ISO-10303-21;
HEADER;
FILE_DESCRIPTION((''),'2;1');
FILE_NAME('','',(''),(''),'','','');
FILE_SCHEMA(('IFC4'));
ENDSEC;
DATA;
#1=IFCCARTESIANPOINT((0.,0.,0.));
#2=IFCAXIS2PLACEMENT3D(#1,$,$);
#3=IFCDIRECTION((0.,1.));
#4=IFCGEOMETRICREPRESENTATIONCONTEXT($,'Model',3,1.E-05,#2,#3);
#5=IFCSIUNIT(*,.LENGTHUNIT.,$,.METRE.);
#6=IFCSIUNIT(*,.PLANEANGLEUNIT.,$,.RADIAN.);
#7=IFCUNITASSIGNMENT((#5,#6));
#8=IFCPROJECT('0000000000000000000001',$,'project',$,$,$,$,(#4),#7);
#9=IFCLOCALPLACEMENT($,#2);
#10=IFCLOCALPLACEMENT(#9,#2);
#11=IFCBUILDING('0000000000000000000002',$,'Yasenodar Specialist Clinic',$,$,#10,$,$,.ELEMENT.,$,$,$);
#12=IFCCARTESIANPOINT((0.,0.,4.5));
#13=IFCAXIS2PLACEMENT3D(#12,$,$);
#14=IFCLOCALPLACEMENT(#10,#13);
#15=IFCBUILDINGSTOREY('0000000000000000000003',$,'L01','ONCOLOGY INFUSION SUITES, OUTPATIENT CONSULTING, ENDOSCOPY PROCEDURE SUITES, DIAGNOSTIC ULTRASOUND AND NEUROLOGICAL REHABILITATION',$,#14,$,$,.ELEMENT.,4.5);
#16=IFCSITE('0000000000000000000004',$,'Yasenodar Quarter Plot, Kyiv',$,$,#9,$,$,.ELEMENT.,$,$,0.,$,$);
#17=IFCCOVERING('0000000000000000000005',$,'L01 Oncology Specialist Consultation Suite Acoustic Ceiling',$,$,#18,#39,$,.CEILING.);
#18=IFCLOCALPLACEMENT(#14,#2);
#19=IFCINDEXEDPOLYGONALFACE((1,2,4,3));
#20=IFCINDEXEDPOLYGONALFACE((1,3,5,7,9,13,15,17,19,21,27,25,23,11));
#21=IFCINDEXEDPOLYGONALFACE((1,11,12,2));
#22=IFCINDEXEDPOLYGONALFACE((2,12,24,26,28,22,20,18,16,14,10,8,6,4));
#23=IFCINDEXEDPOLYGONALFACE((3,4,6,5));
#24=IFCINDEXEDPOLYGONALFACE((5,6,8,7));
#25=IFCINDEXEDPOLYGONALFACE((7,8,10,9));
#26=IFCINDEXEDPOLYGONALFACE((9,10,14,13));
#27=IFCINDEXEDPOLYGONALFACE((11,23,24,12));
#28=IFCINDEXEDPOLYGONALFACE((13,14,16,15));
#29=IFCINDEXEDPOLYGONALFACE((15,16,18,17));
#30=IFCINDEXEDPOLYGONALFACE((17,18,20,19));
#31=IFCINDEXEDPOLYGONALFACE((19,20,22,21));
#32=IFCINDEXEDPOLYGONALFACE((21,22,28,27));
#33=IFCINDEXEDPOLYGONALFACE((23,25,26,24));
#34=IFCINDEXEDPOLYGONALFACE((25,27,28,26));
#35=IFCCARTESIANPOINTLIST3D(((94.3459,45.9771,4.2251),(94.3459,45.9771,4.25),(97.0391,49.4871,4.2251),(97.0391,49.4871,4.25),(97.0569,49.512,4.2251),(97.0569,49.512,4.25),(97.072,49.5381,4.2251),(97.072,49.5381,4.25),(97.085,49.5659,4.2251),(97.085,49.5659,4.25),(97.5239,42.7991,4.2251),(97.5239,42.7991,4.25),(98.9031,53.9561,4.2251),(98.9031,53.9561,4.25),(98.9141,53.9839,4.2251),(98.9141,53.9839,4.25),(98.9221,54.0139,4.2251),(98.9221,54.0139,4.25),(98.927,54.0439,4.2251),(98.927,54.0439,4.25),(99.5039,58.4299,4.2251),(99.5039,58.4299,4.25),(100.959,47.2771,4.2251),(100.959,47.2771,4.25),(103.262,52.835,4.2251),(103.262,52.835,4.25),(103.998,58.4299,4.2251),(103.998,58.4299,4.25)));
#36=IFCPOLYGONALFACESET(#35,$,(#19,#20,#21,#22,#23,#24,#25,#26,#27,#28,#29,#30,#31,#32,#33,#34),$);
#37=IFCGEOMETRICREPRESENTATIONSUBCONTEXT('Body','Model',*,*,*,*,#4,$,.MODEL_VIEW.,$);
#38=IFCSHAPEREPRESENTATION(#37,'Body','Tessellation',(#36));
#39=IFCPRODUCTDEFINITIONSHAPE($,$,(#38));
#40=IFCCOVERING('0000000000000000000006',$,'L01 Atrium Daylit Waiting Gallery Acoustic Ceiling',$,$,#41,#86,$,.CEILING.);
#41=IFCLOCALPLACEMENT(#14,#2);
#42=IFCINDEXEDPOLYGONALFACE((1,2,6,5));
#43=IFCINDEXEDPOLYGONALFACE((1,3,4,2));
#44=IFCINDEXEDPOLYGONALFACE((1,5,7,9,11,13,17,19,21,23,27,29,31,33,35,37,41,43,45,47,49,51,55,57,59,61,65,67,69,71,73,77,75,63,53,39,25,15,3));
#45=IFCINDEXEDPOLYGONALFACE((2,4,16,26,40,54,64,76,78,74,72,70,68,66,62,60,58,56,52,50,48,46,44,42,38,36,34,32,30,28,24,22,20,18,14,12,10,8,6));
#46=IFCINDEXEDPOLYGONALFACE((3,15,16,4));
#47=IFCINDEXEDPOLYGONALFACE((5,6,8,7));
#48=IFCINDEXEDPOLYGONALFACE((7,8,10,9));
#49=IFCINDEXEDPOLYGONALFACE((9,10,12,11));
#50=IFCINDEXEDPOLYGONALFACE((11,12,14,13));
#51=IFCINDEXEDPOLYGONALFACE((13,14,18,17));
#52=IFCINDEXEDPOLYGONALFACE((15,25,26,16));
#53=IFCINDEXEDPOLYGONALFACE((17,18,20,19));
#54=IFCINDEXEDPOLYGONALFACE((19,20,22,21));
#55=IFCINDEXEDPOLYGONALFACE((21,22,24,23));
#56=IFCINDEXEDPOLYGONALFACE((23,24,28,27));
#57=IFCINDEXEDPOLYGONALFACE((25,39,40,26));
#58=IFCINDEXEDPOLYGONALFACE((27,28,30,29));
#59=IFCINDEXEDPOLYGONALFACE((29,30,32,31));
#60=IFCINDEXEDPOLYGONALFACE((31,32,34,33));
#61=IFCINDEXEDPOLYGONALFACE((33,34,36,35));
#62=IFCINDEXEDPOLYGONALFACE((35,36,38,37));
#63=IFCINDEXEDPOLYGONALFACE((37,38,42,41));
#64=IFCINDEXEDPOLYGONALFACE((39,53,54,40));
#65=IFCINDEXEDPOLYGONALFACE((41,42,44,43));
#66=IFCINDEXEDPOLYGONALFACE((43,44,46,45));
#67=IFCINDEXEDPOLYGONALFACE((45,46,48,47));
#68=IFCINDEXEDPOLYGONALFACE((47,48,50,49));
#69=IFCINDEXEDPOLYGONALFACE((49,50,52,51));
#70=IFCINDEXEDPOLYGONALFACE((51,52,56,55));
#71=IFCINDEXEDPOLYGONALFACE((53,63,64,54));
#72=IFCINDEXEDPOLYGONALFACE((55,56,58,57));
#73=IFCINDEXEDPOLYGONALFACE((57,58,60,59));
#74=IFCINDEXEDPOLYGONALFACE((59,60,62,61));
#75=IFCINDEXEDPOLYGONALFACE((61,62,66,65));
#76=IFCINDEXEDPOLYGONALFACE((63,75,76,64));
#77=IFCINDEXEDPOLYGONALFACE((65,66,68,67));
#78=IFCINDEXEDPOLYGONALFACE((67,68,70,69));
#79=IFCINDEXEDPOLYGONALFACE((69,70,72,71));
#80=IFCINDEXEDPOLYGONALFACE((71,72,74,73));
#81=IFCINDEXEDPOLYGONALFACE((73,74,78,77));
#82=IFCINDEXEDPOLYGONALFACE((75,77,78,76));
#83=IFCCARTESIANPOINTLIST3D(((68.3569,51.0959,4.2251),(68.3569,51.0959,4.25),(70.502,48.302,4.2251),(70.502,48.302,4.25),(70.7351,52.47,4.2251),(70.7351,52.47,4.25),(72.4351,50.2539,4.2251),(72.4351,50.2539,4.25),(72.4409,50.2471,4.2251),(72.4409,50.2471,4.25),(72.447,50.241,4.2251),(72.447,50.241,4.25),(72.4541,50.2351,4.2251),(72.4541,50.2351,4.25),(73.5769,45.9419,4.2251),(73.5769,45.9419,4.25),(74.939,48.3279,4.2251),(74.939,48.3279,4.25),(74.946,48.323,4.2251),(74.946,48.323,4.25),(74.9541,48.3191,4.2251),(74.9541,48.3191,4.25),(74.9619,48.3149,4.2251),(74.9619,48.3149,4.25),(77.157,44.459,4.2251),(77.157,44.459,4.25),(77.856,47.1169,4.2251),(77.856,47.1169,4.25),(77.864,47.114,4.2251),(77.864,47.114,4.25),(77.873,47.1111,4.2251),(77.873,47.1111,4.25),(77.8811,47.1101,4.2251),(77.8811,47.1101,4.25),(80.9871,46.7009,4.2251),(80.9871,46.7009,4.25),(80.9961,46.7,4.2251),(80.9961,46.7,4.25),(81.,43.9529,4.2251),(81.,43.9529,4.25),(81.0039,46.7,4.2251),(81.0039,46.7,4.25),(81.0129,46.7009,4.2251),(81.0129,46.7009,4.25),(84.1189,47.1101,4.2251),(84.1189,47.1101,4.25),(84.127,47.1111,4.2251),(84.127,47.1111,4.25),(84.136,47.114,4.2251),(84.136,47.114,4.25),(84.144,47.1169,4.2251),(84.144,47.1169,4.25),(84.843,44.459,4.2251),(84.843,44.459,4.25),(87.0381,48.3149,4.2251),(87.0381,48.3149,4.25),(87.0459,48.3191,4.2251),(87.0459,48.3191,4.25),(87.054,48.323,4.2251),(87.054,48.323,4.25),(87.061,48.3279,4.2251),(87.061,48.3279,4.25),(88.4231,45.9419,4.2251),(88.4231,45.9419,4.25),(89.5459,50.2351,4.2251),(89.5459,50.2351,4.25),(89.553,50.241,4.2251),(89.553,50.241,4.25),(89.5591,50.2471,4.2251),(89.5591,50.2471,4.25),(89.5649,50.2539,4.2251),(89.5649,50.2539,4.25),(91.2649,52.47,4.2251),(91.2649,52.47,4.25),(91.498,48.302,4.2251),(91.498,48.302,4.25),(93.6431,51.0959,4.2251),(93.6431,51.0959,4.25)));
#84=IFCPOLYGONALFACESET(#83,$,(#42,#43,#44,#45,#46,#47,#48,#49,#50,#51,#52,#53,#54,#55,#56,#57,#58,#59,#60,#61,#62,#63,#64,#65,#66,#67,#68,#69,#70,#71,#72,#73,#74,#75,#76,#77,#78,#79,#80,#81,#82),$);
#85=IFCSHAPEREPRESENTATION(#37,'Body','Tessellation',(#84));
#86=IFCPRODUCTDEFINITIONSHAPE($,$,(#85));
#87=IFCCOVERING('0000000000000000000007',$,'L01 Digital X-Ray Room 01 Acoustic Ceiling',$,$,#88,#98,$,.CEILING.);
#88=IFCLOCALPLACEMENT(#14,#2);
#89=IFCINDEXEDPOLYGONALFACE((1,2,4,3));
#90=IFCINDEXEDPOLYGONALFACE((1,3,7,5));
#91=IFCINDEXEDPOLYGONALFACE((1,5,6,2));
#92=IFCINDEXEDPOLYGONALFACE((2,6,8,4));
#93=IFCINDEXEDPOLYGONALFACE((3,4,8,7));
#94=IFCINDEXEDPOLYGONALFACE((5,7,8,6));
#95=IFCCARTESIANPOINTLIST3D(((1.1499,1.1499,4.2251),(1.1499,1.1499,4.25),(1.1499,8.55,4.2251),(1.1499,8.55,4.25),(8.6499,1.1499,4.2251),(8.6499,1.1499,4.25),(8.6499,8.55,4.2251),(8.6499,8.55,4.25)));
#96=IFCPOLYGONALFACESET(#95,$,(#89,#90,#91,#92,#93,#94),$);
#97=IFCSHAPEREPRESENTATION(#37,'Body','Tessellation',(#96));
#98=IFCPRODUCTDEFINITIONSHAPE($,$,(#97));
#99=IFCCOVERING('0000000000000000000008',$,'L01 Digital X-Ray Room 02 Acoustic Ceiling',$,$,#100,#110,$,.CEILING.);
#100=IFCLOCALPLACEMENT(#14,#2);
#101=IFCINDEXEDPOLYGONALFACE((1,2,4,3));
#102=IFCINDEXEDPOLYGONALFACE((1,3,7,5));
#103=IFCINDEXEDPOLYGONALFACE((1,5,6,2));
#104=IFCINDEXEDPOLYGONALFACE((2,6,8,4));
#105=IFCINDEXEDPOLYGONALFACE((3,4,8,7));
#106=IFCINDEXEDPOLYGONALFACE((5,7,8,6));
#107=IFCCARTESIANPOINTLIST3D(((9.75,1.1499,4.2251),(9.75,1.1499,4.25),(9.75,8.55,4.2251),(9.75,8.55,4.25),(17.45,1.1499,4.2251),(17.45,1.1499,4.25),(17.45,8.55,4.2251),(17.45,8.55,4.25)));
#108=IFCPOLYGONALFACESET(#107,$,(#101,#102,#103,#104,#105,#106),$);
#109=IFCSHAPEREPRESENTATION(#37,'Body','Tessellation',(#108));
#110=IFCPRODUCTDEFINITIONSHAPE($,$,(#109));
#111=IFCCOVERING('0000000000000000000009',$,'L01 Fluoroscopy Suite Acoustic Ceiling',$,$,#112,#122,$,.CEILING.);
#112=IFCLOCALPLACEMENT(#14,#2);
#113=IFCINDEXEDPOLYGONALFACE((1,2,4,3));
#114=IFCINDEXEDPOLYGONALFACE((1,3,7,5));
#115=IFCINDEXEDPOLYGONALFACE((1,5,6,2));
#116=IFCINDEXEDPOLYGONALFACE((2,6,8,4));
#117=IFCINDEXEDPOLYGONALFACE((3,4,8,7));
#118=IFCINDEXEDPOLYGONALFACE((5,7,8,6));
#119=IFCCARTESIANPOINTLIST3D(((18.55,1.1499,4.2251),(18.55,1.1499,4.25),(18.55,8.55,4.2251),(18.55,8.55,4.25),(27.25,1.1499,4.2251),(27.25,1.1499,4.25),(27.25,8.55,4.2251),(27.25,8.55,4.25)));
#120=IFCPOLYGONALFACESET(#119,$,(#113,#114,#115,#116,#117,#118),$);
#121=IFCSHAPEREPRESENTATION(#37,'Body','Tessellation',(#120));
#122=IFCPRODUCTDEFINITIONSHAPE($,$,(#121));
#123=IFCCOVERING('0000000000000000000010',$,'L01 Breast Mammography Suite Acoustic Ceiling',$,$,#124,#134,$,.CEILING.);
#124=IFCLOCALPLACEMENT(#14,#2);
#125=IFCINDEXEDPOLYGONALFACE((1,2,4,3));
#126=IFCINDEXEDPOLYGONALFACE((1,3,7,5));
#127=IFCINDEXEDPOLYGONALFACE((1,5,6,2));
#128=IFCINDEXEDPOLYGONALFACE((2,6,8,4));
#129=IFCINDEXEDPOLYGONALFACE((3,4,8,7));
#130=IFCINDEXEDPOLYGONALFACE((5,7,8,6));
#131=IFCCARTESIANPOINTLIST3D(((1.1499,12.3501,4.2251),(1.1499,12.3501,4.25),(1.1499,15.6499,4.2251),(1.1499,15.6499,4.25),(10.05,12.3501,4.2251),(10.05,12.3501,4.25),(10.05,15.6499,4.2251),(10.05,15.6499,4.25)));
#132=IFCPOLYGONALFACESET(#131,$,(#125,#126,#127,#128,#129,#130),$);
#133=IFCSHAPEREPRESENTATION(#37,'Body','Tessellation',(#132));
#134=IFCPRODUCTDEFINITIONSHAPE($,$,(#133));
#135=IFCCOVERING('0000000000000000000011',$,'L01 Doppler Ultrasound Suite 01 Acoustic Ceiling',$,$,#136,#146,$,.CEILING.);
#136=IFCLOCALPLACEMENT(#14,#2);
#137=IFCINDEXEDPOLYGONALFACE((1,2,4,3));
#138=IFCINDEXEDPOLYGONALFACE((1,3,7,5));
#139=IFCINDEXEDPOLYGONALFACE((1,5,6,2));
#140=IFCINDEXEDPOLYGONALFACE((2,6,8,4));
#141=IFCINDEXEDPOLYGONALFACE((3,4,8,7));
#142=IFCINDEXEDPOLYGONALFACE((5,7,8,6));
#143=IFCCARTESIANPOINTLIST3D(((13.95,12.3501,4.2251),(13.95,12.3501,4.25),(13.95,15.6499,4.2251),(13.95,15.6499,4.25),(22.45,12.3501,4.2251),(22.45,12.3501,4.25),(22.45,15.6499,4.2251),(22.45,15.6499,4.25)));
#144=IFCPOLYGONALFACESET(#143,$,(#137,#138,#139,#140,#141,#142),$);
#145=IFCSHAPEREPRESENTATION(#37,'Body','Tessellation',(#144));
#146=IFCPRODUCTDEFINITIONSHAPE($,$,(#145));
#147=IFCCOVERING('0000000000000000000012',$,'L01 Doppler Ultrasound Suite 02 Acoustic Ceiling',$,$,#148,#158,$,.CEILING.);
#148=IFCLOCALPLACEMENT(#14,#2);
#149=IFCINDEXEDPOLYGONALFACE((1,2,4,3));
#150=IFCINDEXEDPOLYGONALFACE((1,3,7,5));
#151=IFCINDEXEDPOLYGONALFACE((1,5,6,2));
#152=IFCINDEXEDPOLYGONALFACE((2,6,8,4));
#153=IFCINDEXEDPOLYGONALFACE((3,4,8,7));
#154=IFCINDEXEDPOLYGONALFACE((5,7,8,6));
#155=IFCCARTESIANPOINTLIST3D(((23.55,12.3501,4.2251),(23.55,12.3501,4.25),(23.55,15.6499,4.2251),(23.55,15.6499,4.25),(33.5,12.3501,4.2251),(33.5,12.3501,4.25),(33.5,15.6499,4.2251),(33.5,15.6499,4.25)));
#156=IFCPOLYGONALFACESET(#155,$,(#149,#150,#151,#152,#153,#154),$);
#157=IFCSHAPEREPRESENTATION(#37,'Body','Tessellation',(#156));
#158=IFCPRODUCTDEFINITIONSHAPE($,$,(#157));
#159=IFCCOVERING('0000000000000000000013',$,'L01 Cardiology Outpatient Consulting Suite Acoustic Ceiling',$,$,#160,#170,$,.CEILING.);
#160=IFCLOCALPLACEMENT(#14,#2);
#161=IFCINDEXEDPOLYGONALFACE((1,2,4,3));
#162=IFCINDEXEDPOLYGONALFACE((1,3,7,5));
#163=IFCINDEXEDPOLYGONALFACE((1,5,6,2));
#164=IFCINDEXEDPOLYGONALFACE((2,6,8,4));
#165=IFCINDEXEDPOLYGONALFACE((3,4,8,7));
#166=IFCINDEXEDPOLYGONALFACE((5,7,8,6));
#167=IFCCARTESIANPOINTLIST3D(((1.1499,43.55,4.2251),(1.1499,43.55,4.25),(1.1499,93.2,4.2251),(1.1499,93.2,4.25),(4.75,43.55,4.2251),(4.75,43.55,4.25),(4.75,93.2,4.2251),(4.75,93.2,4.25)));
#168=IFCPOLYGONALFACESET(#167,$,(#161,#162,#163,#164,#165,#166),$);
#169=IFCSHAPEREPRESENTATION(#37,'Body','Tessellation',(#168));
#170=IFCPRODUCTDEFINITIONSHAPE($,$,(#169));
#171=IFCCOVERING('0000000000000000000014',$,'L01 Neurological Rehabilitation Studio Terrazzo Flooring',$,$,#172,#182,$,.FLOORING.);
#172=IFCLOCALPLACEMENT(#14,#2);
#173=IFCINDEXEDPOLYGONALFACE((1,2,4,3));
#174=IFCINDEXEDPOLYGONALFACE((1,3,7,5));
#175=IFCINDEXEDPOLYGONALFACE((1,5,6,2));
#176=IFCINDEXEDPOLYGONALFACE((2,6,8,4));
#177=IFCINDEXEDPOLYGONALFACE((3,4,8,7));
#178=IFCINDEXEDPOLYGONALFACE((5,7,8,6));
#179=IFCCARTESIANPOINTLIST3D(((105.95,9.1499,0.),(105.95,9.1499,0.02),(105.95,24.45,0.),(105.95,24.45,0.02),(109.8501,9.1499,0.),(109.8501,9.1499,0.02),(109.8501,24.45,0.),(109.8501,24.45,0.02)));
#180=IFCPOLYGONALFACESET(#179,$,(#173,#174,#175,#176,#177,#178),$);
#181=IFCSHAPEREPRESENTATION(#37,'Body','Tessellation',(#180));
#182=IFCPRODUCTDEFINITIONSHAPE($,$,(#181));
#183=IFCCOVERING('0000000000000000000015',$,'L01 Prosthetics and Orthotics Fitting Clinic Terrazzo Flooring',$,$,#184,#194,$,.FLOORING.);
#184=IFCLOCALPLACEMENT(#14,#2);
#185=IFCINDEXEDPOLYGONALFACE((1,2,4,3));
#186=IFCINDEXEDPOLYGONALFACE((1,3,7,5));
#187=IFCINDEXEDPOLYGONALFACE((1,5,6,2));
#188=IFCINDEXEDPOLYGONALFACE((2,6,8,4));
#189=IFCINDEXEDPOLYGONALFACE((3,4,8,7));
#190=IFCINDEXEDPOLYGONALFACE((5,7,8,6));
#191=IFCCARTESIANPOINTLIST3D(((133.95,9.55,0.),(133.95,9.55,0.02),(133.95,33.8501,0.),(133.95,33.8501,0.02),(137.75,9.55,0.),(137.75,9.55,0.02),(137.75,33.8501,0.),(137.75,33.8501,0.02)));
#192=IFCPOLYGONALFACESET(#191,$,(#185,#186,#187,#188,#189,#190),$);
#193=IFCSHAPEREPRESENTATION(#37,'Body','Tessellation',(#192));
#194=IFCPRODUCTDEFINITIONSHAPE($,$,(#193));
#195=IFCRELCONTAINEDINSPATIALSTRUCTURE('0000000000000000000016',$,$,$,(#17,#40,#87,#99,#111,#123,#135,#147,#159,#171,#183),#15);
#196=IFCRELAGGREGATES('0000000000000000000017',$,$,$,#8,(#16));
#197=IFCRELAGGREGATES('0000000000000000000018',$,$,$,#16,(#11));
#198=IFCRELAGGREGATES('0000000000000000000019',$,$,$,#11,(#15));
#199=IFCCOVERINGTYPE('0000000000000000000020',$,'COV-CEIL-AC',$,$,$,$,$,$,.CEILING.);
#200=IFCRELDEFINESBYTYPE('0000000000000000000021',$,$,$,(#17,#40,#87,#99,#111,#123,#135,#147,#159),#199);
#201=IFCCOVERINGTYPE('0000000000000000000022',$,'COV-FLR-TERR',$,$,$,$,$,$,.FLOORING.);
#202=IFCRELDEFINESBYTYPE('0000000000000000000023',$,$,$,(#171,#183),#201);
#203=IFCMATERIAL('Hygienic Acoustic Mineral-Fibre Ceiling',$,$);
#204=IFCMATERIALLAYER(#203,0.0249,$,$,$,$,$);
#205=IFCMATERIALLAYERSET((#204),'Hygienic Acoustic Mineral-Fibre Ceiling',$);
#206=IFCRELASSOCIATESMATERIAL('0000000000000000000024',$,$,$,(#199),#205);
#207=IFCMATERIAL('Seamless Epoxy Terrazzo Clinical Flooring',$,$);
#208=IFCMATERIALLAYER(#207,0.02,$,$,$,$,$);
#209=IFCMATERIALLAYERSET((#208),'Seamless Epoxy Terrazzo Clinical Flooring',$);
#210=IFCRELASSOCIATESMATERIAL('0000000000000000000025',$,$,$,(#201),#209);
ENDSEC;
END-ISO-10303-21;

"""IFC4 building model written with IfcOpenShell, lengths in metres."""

from ifc_helpers import new_model, si_unit, direction, frame, origin, place, context, subcontext, project, spatial, polyline, outline, extrude, material, layer, layer_set, type_object, element, save


model = new_model("IFC4")

# Units and contexts
model_context = context("Model", 3, precision=1e-05, world=origin(), true_north=direction((0.0, 1.0)))
body_context = subcontext(model_context, "Body", "Model", "MODEL_VIEW")
ifc_project = project(units=[si_unit("LENGTHUNIT", "METRE"), si_unit("PLANEANGLEUNIT", "RADIAN")], contexts=[model_context])

# Site, building, storey
site_placement = place(None, origin())
site = spatial("IfcSite", under=ifc_project, at=site_placement, Name="Yasenodar Quarter Plot, Kyiv", CompositionType="ELEMENT", RefElevation=0.0)
building_placement = place(site_placement, origin())
building = spatial("IfcBuilding", under=site, at=building_placement, Name="Yasenodar Specialist Clinic", CompositionType="ELEMENT")
storey_placement = place(building_placement, frame((0.0, 0.0, 4.5)))
storey = spatial("IfcBuildingStorey", under=building, at=storey_placement, Name="L01", Description="ONCOLOGY INFUSION SUITES, OUTPATIENT CONSULTING, ENDOSCOPY PROCEDURE SUITES, DIAGNOSTIC ULTRASOUND AND NEUROLOGICAL REHABILITATION", CompositionType="ELEMENT", Elevation=4.5)

# Coverings
ifc_material_1 = material(Name="Hygienic Acoustic Mineral-Fibre Ceiling")
ifc_layer_1 = layer(ifc_material_1, 0.0249)
ifc_layer_set_1 = layer_set([ifc_layer_1], Name="Hygienic Acoustic Mineral-Fibre Ceiling")
covering_type_1 = type_object("IfcCoveringType", Name="COV-CEIL-AC", PredefinedType="CEILING", material=ifc_layer_set_1)
covering_1_placement = place(storey_placement, frame((0.0, 0.0, 4.2251)))
element("IfcCovering", 1, at=covering_1_placement, inside=storey, type_object=covering_type_1, Name="L01 Oncology Specialist Consultation Suite Acoustic Ceiling", PredefinedType="CEILING", context=body_context, shape_type="SweptSolid", body=[
    extrude(outline(polyline([(97.5239, 42.7991), (94.3459, 45.9771), (97.0391, 49.4871), (97.0569, 49.512), (97.072, 49.5381), (97.085, 49.5659), (98.9031, 53.9561), (98.9141, 53.9839), (98.9221, 54.0139), (98.927, 54.0439), (99.5039, 58.4299), (103.998, 58.4299), (103.262, 52.835), (100.959, 47.2771), (97.5239, 42.7991)])), origin(), (0.0, 0.0, 1.0), 0.0249),
])
covering_2_placement = place(storey_placement, frame((0.0, 0.0, 4.2251)))
element("IfcCovering", 2, at=covering_2_placement, inside=storey, type_object=covering_type_1, Name="L01 Atrium Daylit Waiting Gallery Acoustic Ceiling", PredefinedType="CEILING", context=body_context, shape_type="SweptSolid", body=[
    extrude(outline(polyline([(93.6431, 51.0959), (91.498, 48.302), (88.4231, 45.9419), (84.843, 44.459), (81.0, 43.9529), (77.157, 44.459), (73.5769, 45.9419), (70.502, 48.302), (68.3569, 51.0959), (70.7351, 52.47), (72.4351, 50.2539), (72.4409, 50.2471), (72.447, 50.241), (72.4541, 50.2351), (74.939, 48.3279), (74.946, 48.323), (74.9541, 48.3191), (74.9619, 48.3149), (77.856, 47.1169), (77.864, 47.114), (77.873, 47.1111), (77.8811, 47.1101), (80.9871, 46.7009), (80.9961, 46.7), (81.0039, 46.7), (81.0129, 46.7009), (84.1189, 47.1101), (84.127, 47.1111), (84.136, 47.114), (84.144, 47.1169), (87.0381, 48.3149), (87.0459, 48.3191), (87.054, 48.323), (87.061, 48.3279), (89.5459, 50.2351), (89.553, 50.241), (89.5591, 50.2471), (89.5649, 50.2539), (91.2649, 52.47), (93.6431, 51.0959)])), origin(), (0.0, 0.0, 1.0), 0.0249),
])
covering_3_placement = place(storey_placement, frame((0.0, 0.0, 4.2251)))
element("IfcCovering", 3, at=covering_3_placement, inside=storey, type_object=covering_type_1, Name="L01 Digital X-Ray Room 01 Acoustic Ceiling", PredefinedType="CEILING", context=body_context, shape_type="SweptSolid", body=[
    extrude(outline(polyline([(8.6499, 1.1499), (1.1499, 1.1499), (1.1499, 8.55), (8.6499, 8.55), (8.6499, 1.1499)])), origin(), (0.0, 0.0, 1.0), 0.0249),
])
covering_4_placement = place(storey_placement, frame((0.0, 0.0, 4.2251)))
element("IfcCovering", 4, at=covering_4_placement, inside=storey, type_object=covering_type_1, Name="L01 Digital X-Ray Room 02 Acoustic Ceiling", PredefinedType="CEILING", context=body_context, shape_type="SweptSolid", body=[
    extrude(outline(polyline([(17.45, 1.1499), (9.75, 1.1499), (9.75, 8.55), (17.45, 8.55), (17.45, 1.1499)])), origin(), (0.0, 0.0, 1.0), 0.0249),
])
covering_5_placement = place(storey_placement, frame((0.0, 0.0, 4.2251)))
element("IfcCovering", 5, at=covering_5_placement, inside=storey, type_object=covering_type_1, Name="L01 Fluoroscopy Suite Acoustic Ceiling", PredefinedType="CEILING", context=body_context, shape_type="SweptSolid", body=[
    extrude(outline(polyline([(27.25, 1.1499), (18.55, 1.1499), (18.55, 8.55), (27.25, 8.55), (27.25, 1.1499)])), origin(), (0.0, 0.0, 1.0), 0.0249),
])
covering_6_placement = place(storey_placement, frame((0.0, 0.0, 4.2251)))
element("IfcCovering", 6, at=covering_6_placement, inside=storey, type_object=covering_type_1, Name="L01 Breast Mammography Suite Acoustic Ceiling", PredefinedType="CEILING", context=body_context, shape_type="SweptSolid", body=[
    extrude(outline(polyline([(10.05, 12.3501), (1.1499, 12.3501), (1.1499, 15.6499), (10.05, 15.6499), (10.05, 12.3501)])), origin(), (0.0, 0.0, 1.0), 0.0249),
])
covering_7_placement = place(storey_placement, frame((0.0, 0.0, 4.2251)))
element("IfcCovering", 7, at=covering_7_placement, inside=storey, type_object=covering_type_1, Name="L01 Doppler Ultrasound Suite 01 Acoustic Ceiling", PredefinedType="CEILING", context=body_context, shape_type="SweptSolid", body=[
    extrude(outline(polyline([(22.45, 12.3501), (13.95, 12.3501), (13.95, 15.6499), (22.45, 15.6499), (22.45, 12.3501)])), origin(), (0.0, 0.0, 1.0), 0.0249),
])
covering_8_placement = place(storey_placement, frame((0.0, 0.0, 4.2251)))
element("IfcCovering", 8, at=covering_8_placement, inside=storey, type_object=covering_type_1, Name="L01 Doppler Ultrasound Suite 02 Acoustic Ceiling", PredefinedType="CEILING", context=body_context, shape_type="SweptSolid", body=[
    extrude(outline(polyline([(23.55, 12.3501), (23.55, 15.6499), (33.5, 15.6499), (33.5, 12.3501), (23.55, 12.3501)])), origin(), (0.0, 0.0, 1.0), 0.0249),
])
covering_9_placement = place(storey_placement, frame((0.0, 0.0, 4.2251)))
element("IfcCovering", 9, at=covering_9_placement, inside=storey, type_object=covering_type_1, Name="L01 Cardiology Outpatient Consulting Suite Acoustic Ceiling", PredefinedType="CEILING", context=body_context, shape_type="SweptSolid", body=[
    extrude(outline(polyline([(4.75, 93.2), (4.75, 43.55), (1.1499, 43.55), (1.1499, 93.2), (4.75, 93.2)])), origin(), (0.0, 0.0, 1.0), 0.0249),
])
ifc_material_2 = material(Name="Seamless Epoxy Terrazzo Clinical Flooring")
ifc_layer_2 = layer(ifc_material_2, 0.02)
ifc_layer_set_2 = layer_set([ifc_layer_2], Name="Seamless Epoxy Terrazzo Clinical Flooring")
covering_type_2 = type_object("IfcCoveringType", Name="COV-FLR-TERR", PredefinedType="FLOORING", material=ifc_layer_set_2)
covering_10_placement = place(storey_placement, origin())
element("IfcCovering", 10, at=covering_10_placement, inside=storey, type_object=covering_type_2, Name="L01 Neurological Rehabilitation Studio Terrazzo Flooring", PredefinedType="FLOORING", context=body_context, shape_type="SweptSolid", body=[
    extrude(outline(polyline([(109.8501, 9.1499), (105.95, 9.1499), (105.95, 24.45), (109.8501, 24.45), (109.8501, 9.1499)])), origin(), (0.0, 0.0, 1.0), 0.02),
])
covering_11_placement = place(storey_placement, origin())
element("IfcCovering", 11, at=covering_11_placement, inside=storey, type_object=covering_type_2, Name="L01 Prosthetics and Orthotics Fitting Clinic Terrazzo Flooring", PredefinedType="FLOORING", context=body_context, shape_type="SweptSolid", body=[
    extrude(outline(polyline([(137.75, 33.8501), (137.75, 9.55), (133.95, 9.55), (133.95, 33.8501), (137.75, 33.8501)])), origin(), (0.0, 0.0, 1.0), 0.02),
])

save(model, "model.ifc")
